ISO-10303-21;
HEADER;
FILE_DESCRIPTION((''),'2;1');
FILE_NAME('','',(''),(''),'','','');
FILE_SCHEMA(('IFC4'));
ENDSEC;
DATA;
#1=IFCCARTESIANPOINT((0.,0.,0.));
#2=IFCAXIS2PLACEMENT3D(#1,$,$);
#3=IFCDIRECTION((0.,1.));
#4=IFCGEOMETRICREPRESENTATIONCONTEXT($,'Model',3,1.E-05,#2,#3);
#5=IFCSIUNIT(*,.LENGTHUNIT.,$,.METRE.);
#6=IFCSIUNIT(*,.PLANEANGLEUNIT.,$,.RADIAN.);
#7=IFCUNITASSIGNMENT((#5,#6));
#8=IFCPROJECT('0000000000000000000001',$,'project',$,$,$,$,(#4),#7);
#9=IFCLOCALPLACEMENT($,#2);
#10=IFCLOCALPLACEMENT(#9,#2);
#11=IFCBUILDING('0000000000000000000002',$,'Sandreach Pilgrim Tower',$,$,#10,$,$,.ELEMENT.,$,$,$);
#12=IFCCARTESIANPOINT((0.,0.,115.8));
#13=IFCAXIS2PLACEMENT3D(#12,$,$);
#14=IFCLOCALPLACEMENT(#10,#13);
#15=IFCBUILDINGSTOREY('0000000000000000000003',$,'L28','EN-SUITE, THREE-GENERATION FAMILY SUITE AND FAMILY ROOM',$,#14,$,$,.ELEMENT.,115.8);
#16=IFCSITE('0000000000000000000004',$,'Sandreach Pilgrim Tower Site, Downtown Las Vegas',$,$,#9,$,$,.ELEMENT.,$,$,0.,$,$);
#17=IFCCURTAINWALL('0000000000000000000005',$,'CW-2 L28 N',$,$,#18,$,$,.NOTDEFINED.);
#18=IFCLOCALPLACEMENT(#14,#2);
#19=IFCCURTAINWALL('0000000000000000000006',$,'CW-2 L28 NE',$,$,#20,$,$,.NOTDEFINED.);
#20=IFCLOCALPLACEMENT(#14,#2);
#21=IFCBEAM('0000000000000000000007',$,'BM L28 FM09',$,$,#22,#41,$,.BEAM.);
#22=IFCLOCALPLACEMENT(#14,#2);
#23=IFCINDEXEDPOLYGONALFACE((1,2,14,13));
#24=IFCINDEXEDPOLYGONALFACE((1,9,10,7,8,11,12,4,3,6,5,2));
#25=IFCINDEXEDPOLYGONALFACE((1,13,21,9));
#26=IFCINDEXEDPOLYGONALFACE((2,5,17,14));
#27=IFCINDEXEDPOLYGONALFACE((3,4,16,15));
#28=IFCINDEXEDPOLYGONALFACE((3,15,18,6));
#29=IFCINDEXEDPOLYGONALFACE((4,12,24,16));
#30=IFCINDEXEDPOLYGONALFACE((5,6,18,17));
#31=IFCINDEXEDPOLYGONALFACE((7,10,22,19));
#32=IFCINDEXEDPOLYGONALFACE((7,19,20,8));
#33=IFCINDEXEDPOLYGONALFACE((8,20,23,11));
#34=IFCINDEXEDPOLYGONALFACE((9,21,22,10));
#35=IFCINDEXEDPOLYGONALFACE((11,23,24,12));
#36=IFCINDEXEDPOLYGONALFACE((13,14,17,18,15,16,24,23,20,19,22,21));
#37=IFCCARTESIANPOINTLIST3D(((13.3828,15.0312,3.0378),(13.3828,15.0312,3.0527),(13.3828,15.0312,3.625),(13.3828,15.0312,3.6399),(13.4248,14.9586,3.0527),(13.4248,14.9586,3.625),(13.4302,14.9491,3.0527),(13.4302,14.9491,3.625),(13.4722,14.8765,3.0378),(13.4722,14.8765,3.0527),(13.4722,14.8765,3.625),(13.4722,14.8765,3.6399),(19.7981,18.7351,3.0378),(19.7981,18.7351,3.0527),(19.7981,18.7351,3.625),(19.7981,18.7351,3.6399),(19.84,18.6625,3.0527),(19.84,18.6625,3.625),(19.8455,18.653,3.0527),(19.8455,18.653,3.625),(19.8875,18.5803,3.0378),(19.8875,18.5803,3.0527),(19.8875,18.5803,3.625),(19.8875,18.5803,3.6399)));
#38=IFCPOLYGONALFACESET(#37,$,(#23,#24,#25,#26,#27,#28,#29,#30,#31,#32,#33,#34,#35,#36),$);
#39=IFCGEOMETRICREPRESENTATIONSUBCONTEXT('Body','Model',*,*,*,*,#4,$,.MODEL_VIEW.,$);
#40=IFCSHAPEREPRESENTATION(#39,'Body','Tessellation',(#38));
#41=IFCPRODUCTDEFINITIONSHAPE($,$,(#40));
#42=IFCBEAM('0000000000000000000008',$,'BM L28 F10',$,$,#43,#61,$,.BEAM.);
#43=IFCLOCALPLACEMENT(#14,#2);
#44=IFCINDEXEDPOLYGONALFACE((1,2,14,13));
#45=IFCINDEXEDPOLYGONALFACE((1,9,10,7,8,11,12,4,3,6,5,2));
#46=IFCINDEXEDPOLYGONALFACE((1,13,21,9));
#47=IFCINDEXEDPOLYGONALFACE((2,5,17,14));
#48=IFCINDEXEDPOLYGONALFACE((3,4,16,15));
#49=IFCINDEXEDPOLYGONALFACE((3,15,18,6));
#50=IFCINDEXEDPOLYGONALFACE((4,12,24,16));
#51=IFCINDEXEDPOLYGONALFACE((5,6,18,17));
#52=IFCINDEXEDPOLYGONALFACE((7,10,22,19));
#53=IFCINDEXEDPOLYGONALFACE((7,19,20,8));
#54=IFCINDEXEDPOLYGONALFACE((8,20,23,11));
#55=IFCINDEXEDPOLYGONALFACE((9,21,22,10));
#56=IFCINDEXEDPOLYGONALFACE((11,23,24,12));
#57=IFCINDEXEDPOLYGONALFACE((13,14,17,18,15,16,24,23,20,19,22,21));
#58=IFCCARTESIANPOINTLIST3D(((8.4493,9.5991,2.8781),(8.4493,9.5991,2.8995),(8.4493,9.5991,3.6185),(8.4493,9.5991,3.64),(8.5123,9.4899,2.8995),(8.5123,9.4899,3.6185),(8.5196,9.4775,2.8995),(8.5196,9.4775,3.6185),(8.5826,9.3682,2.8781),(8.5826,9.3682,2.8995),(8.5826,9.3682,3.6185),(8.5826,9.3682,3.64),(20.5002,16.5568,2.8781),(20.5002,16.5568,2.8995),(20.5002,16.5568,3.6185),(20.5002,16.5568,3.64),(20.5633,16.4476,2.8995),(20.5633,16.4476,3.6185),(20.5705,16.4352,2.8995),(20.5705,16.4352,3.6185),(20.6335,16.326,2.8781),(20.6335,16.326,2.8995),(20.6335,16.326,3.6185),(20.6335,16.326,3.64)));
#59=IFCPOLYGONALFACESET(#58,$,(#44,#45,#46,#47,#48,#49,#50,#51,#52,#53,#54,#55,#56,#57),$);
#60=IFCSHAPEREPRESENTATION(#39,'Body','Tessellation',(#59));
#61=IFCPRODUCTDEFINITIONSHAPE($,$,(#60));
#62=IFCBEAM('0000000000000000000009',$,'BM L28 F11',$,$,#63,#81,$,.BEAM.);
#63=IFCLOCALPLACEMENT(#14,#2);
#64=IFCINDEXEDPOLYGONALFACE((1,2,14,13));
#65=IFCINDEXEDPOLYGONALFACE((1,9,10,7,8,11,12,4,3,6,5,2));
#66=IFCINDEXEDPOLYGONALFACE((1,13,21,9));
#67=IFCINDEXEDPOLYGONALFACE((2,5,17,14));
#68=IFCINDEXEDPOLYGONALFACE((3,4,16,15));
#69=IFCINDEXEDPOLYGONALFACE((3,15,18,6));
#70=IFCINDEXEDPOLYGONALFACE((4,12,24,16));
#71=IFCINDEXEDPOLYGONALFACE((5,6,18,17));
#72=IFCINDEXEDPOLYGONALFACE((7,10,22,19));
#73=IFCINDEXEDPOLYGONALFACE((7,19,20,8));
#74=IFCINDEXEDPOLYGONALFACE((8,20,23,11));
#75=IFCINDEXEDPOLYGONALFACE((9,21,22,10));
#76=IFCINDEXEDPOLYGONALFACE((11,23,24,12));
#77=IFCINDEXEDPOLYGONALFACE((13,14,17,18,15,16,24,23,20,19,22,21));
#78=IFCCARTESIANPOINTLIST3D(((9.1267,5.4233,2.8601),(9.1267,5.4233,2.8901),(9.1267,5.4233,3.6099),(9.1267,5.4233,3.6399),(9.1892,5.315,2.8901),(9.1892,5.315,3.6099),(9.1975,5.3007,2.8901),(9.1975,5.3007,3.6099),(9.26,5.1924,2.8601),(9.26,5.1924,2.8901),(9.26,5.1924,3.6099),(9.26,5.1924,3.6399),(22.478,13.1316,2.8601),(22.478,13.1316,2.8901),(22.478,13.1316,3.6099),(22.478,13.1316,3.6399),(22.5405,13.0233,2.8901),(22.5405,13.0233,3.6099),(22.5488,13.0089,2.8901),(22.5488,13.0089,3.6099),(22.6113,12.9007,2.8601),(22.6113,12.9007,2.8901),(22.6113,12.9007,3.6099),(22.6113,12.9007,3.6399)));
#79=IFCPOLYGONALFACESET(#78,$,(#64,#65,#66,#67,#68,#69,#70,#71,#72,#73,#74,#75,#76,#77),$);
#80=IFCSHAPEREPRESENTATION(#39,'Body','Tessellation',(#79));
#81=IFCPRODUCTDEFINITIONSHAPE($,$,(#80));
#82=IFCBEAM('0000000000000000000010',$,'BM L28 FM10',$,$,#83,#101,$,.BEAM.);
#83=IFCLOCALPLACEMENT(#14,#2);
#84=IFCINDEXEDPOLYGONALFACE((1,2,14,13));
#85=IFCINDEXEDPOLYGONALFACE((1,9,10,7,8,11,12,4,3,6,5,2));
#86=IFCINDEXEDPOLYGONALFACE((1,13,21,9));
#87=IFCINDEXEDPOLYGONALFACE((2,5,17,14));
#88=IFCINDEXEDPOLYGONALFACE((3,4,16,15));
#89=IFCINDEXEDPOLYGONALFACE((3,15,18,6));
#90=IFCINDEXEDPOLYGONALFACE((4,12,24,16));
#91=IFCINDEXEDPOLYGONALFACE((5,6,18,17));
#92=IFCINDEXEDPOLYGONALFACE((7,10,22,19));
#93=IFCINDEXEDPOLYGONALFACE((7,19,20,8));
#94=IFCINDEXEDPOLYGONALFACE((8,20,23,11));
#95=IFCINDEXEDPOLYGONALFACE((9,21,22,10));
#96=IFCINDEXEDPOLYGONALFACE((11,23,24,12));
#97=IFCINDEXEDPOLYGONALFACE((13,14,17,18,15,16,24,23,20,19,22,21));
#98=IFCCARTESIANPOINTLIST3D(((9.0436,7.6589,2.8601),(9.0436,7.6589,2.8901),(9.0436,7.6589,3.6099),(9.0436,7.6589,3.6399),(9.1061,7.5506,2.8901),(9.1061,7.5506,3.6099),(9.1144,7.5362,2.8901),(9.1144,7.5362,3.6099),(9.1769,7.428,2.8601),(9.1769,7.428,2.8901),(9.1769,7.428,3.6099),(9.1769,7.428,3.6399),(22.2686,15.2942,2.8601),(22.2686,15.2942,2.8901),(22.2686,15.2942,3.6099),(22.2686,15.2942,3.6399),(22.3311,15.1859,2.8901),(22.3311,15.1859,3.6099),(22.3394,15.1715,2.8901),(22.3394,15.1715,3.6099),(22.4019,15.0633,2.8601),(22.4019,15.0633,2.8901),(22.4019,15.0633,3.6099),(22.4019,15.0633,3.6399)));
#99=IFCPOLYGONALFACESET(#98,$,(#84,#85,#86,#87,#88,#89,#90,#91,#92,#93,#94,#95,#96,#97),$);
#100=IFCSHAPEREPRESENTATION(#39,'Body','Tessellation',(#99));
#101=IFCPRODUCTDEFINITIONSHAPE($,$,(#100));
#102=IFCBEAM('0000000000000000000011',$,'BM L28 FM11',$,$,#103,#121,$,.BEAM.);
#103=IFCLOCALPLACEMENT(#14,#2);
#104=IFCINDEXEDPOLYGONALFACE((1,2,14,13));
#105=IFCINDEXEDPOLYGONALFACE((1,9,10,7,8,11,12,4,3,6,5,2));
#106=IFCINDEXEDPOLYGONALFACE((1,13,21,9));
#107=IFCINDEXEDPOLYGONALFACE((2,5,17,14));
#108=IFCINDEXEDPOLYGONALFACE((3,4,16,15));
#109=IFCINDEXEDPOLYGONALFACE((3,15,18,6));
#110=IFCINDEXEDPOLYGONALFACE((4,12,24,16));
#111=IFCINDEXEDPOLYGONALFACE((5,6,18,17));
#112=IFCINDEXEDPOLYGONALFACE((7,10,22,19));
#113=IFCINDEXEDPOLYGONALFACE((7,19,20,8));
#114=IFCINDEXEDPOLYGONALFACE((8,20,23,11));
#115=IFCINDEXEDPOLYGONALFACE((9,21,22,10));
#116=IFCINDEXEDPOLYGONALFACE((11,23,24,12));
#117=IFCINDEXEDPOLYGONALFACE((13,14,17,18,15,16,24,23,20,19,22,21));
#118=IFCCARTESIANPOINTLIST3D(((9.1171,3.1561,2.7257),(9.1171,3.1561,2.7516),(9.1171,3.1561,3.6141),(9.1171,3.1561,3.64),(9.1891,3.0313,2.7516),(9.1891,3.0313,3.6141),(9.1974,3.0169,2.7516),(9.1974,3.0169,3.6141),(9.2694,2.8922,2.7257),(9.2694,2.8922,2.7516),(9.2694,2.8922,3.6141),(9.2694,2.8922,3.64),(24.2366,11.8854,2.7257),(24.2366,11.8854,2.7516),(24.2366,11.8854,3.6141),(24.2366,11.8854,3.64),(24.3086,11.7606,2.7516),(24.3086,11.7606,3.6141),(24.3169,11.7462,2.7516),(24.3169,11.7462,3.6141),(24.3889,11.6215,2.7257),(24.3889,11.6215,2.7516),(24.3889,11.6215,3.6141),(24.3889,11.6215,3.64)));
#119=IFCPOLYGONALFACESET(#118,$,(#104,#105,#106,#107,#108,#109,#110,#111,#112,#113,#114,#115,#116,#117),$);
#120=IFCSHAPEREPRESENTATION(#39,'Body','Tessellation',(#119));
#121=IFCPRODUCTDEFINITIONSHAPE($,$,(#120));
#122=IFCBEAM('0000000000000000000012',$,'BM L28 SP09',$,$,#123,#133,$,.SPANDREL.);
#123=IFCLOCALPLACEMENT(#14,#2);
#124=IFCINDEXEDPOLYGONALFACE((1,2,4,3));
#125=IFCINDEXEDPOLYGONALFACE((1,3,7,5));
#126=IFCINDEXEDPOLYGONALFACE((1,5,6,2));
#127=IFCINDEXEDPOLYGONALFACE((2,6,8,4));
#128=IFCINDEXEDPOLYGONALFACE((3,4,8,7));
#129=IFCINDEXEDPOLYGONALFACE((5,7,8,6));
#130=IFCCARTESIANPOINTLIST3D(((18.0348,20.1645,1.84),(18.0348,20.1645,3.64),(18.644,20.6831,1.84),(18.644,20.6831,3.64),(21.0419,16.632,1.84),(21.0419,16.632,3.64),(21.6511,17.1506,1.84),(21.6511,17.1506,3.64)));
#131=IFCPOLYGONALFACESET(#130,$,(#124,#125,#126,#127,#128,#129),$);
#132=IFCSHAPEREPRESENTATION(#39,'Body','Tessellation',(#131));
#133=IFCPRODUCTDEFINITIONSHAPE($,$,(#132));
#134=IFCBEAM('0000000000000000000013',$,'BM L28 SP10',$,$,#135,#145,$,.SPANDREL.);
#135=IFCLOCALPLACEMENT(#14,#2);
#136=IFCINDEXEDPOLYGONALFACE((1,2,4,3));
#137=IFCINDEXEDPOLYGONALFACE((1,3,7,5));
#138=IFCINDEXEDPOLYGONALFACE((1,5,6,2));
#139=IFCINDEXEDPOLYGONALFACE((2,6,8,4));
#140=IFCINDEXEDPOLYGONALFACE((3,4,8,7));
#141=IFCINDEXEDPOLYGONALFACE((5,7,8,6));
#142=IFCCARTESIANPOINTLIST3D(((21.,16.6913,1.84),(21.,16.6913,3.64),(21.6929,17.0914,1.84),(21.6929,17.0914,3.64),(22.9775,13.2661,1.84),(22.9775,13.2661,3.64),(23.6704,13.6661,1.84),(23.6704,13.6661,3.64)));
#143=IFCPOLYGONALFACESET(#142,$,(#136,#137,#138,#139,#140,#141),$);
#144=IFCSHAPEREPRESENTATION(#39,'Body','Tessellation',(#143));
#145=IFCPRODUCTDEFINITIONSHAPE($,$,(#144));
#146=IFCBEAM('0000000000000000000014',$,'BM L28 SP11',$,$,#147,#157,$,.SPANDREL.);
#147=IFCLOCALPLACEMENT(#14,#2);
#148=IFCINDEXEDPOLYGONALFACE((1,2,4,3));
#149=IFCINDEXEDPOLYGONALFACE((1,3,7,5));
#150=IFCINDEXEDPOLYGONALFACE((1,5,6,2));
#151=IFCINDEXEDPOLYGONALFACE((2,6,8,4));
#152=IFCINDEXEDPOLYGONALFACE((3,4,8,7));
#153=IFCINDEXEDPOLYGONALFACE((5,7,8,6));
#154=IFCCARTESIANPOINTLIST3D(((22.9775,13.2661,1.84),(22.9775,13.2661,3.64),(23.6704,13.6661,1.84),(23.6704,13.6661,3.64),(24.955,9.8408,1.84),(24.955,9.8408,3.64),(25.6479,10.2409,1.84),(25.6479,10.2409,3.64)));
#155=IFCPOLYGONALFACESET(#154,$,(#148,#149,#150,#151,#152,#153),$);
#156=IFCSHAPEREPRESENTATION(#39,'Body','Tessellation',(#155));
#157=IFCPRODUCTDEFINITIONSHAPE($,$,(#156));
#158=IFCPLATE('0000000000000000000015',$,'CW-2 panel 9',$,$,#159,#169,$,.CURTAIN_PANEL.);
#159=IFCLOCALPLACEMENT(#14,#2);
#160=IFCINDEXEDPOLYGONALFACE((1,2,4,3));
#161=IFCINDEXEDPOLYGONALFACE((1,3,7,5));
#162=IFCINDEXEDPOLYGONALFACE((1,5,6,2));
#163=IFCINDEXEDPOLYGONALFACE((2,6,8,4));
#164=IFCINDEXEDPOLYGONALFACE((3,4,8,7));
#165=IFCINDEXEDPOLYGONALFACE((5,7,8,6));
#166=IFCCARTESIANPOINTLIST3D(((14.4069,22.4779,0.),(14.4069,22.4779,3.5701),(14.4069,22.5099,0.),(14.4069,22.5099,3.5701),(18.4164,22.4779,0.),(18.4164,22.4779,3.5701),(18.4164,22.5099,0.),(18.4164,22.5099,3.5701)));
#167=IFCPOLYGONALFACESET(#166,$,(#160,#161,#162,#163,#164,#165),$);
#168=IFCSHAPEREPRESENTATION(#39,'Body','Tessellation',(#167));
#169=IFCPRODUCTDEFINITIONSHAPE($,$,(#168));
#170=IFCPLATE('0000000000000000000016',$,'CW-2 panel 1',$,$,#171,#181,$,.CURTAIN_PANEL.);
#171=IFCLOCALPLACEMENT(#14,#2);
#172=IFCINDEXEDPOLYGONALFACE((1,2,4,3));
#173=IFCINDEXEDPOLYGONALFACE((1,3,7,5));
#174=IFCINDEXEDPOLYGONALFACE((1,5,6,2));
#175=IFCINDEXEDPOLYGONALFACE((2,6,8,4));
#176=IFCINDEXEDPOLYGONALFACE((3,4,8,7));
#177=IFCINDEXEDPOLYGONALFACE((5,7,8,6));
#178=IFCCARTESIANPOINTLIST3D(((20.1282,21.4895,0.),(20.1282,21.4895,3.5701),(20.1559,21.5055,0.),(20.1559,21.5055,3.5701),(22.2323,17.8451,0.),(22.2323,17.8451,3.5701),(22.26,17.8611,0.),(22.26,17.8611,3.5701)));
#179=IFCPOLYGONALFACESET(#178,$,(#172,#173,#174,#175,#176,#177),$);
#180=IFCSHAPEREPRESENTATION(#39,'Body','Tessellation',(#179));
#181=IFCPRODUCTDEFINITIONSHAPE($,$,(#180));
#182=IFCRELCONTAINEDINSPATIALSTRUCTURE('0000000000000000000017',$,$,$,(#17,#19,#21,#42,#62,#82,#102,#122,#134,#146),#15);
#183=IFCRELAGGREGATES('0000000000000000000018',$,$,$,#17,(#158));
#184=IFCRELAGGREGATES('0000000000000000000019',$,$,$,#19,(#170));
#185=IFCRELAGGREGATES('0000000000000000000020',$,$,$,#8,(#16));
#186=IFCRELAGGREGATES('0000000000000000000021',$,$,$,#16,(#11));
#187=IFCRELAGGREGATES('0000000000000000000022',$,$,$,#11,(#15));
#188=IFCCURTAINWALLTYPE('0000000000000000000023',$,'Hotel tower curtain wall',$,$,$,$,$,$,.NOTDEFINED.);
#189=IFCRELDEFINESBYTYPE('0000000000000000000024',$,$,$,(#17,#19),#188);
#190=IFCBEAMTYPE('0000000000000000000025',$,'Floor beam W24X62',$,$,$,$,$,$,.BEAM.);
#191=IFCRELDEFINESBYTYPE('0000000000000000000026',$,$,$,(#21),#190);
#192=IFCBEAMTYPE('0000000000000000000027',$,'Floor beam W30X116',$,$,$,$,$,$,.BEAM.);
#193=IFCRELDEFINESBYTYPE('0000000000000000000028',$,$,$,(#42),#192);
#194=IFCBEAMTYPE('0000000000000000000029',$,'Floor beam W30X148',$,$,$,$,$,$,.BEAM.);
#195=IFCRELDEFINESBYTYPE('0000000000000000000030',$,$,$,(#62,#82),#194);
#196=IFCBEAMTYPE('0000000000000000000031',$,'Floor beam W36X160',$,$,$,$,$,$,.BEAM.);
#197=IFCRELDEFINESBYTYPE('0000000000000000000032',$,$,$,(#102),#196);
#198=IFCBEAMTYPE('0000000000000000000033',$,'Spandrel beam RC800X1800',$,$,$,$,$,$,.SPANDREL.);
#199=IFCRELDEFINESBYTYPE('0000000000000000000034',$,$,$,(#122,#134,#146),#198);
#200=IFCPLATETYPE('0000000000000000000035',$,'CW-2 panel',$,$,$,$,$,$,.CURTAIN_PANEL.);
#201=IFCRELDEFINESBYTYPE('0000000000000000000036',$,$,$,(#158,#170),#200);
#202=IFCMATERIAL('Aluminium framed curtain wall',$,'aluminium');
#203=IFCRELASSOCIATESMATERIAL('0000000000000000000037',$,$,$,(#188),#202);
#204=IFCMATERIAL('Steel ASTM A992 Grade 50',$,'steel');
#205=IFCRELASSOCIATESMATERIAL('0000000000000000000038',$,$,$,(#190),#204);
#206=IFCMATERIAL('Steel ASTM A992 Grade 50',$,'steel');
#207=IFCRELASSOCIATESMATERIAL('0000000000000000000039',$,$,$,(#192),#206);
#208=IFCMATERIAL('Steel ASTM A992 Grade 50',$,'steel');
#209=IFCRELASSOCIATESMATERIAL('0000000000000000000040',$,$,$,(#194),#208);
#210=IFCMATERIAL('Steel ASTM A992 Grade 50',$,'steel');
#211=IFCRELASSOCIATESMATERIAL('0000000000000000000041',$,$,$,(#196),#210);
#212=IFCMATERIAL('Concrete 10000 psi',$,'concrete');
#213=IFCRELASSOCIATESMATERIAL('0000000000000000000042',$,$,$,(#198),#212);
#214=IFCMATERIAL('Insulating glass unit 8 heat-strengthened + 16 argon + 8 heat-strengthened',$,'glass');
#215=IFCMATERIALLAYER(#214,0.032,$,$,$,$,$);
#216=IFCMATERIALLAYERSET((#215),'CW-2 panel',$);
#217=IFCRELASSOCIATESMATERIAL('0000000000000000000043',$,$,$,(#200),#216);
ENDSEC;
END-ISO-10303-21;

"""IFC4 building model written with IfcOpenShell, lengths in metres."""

from ifc_helpers import new_model, si_unit, direction, frame, origin, origin_2d, place, context, subcontext, project, spatial, rectangle, i_section, extrude, material, layer, layer_set, material_profile, profile_set, type_object, element, aggregate, save


model = new_model("IFC4")

# Units and contexts
model_context = context("Model", 3, precision=1e-05, world=origin(), true_north=direction((0.0, 1.0)))
body_context = subcontext(model_context, "Body", "Model", "MODEL_VIEW")
ifc_project = project(units=[si_unit("LENGTHUNIT", "METRE"), si_unit("PLANEANGLEUNIT", "RADIAN")], contexts=[model_context])

# Site, building, storey
site_placement = place(None, origin())
site = spatial("IfcSite", under=ifc_project, at=site_placement, Name="Sandreach Pilgrim Tower Site, Downtown Las Vegas", CompositionType="ELEMENT", RefElevation=0.0)
building_placement = place(site_placement, origin())
building = spatial("IfcBuilding", under=site, at=building_placement, Name="Sandreach Pilgrim Tower", CompositionType="ELEMENT")
storey_placement = place(building_placement, frame((0.0, 0.0, 115.8)))
storey = spatial("IfcBuildingStorey", under=building, at=storey_placement, Name="L28", Description="EN-SUITE, THREE-GENERATION FAMILY SUITE AND FAMILY ROOM", CompositionType="ELEMENT", Elevation=115.8)

# Curtain wall
ifc_material_1 = material(Name="Aluminium framed curtain wall", Category="aluminium")
curtain_wall_type = type_object("IfcCurtainWallType", Name="Hotel tower curtain wall", PredefinedType="NOTDEFINED", material=ifc_material_1)
curtain_wall_1_placement = place(storey_placement, origin())
curtain_wall_1 = element("IfcCurtainWall", 1, at=curtain_wall_1_placement, inside=storey, type_object=curtain_wall_type, Name="CW-2 L28 N", PredefinedType="NOTDEFINED")

# Curtain wall
curtain_wall_2_placement = place(storey_placement, origin())
curtain_wall_2 = element("IfcCurtainWall", 2, at=curtain_wall_2_placement, inside=storey, type_object=curtain_wall_type, Name="CW-2 L28 NE", PredefinedType="NOTDEFINED")

# Beams
ifc_material_2 = material(Name="Steel ASTM A992 Grade 50", Category="steel")
ifc_material_profile_1 = material_profile(ifc_material_2, i_section(OverallWidth=0.1787, OverallDepth=0.6021, WebThickness=0.011, FlangeThickness=0.0149, at=origin_2d()), Name="W24X62")
ifc_profile_set_1 = profile_set([ifc_material_profile_1], Name="Steel ASTM A992 Grade 50")
beam_type_1 = type_object("IfcBeamType", Name="Floor beam W24X62", PredefinedType="BEAM", material=ifc_profile_set_1)
beam_1_placement = place(storey_placement, frame((19.8428, 18.6577, 3.3389), z_axis=(-0.866026, -0.499999, 0.0), x_axis=(0.499999, -0.866026, 0.0)))
element("IfcBeam", 3, at=beam_1_placement, inside=storey, type_object=beam_type_1, Name="BM L28 FM09", PredefinedType="BEAM", context=body_context, shape_type="SweptSolid", body=[
    extrude(i_section(OverallWidth=0.1787, OverallDepth=0.6021, WebThickness=0.011, FlangeThickness=0.0149, at=origin_2d()), origin(), (0.0, 0.0, 1.0), 7.4077),
])
ifc_material_3 = material(Name="Steel ASTM A992 Grade 50", Category="steel")
ifc_material_profile_2 = material_profile(ifc_material_3, i_section(OverallWidth=0.2666, OverallDepth=0.762, WebThickness=0.0144, FlangeThickness=0.0215, at=origin_2d()), Name="W30X116")
ifc_profile_set_2 = profile_set([ifc_material_profile_2], Name="Steel ASTM A992 Grade 50")
beam_type_2 = type_object("IfcBeamType", Name="Floor beam W30X116", PredefinedType="BEAM", material=ifc_profile_set_2)
beam_2_placement = place(storey_placement, frame((20.5669, 16.4414, 3.259), z_axis=(-0.866022, -0.500005, 0.0), x_axis=(0.500005, -0.866022, 0.0)))
element("IfcBeam", 4, at=beam_2_placement, inside=storey, type_object=beam_type_2, Name="BM L28 F10", PredefinedType="BEAM", context=body_context, shape_type="SweptSolid", body=[
    extrude(i_section(OverallWidth=0.2666, OverallDepth=0.762, WebThickness=0.0144, FlangeThickness=0.0215, at=origin_2d()), origin(), (0.0, 0.0, 1.0), 13.9153),
])
ifc_material_4 = material(Name="Steel ASTM A992 Grade 50", Category="steel")
ifc_material_profile_3 = material_profile(ifc_material_4, i_section(OverallWidth=0.2666, OverallDepth=0.7798, WebThickness=0.0166, FlangeThickness=0.03, at=origin_2d()), Name="W30X148")
ifc_profile_set_3 = profile_set([ifc_material_profile_3], Name="Steel ASTM A992 Grade 50")
beam_type_3 = type_object("IfcBeamType", Name="Floor beam W30X148", PredefinedType="BEAM", material=ifc_profile_set_3)
beam_3_placement = place(storey_placement, frame((22.5447, 13.0161, 3.25), z_axis=(-0.866029, -0.499993, 0.0), x_axis=(0.499993, -0.866029, 0.0)))
element("IfcBeam", 5, at=beam_3_placement, inside=storey, type_object=beam_type_3, Name="BM L28 F11", PredefinedType="BEAM", context=body_context, shape_type="SweptSolid", body=[
    extrude(i_section(OverallWidth=0.2666, OverallDepth=0.7798, WebThickness=0.0166, FlangeThickness=0.03, at=origin_2d()), origin(), (0.0, 0.0, 1.0), 15.4167),
])
beam_4_placement = place(storey_placement, frame((22.3352, 15.1787, 3.25), z_axis=(-0.866029, -0.499994, 0.0), x_axis=(0.499994, -0.866029, 0.0)))
element("IfcBeam", 6, at=beam_4_placement, inside=storey, type_object=beam_type_3, Name="BM L28 FM10", PredefinedType="BEAM", context=body_context, shape_type="SweptSolid", body=[
    extrude(i_section(OverallWidth=0.2666, OverallDepth=0.7798, WebThickness=0.0166, FlangeThickness=0.03, at=origin_2d()), origin(), (0.0, 0.0, 1.0), 15.2708),
])
ifc_material_5 = material(Name="Steel ASTM A992 Grade 50", Category="steel")
ifc_material_profile_4 = material_profile(ifc_material_5, i_section(OverallWidth=0.3047, OverallDepth=0.9143, WebThickness=0.0166, FlangeThickness=0.0259, at=origin_2d()), Name="W36X160")
ifc_profile_set_4 = profile_set([ifc_material_profile_4], Name="Steel ASTM A992 Grade 50")
beam_type_4 = type_object("IfcBeamType", Name="Floor beam W36X160", PredefinedType="BEAM", material=ifc_profile_set_4)
beam_5_placement = place(storey_placement, frame((24.3127, 11.7534, 3.1829), z_axis=(-0.866024, -0.500003, 0.0), x_axis=(0.500003, -0.866024, 0.0)))
element("IfcBeam", 7, at=beam_5_placement, inside=storey, type_object=beam_type_4, Name="BM L28 FM11", PredefinedType="BEAM", context=body_context, shape_type="SweptSolid", body=[
    extrude(i_section(OverallWidth=0.3047, OverallDepth=0.9143, WebThickness=0.0166, FlangeThickness=0.0259, at=origin_2d()), origin(), (0.0, 0.0, 1.0), 17.4585),
])
ifc_material_6 = material(Name="Concrete 10000 psi", Category="concrete")
ifc_material_profile_5 = material_profile(ifc_material_6, rectangle(XDim=0.8, YDim=1.8, at=origin_2d()), Name="RC800X1800")
ifc_profile_set_5 = profile_set([ifc_material_profile_5], Name="Concrete 10000 psi")
beam_type_5 = type_object("IfcBeamType", Name="Spandrel beam RC800X1800", PredefinedType="SPANDREL", material=ifc_profile_set_5)
beam_6_placement = place(storey_placement, frame((18.3394, 20.4238, 2.74), z_axis=(0.648209, -0.761463, 0.0), x_axis=(0.761463, 0.648209, 0.0)))
element("IfcBeam", 8, at=beam_6_placement, inside=storey, type_object=beam_type_5, Name="BM L28 SP09", PredefinedType="SPANDREL", context=body_context, shape_type="SweptSolid", body=[
    extrude(rectangle(XDim=0.8, YDim=1.8, at=origin_2d()), origin(), (0.0, 0.0, 1.0), 4.6392),
])
for number, where, z_axis, x_axis, name in (
    (9, (21.3464, 16.8914, 2.74), (0.49999, -0.866031, 0.0), (0.866031, 0.49999, 0.0), "BM L28 SP10"),
    (10, (23.324, 13.4661, 2.74), (0.49999, -0.866031, 0.0), (0.866031, 0.49999, 0.0), "BM L28 SP11"),
):
    element("IfcBeam", number, at=place(storey_placement, frame(where, z_axis=z_axis, x_axis=x_axis)), inside=storey, type_object=beam_type_5, Name=name, PredefinedType="SPANDREL", context=body_context, shape_type="SweptSolid", body=[
        extrude(rectangle(XDim=0.8, YDim=1.8, at=origin_2d()), origin(), (0.0, 0.0, 1.0), 3.9551),
    ])

# Plates
ifc_material_7 = material(Name="Insulating glass unit 8 heat-strengthened + 16 argon + 8 heat-strengthened", Category="glass")
ifc_layer_1 = layer(ifc_material_7, 0.032)
ifc_layer_set_1 = layer_set([ifc_layer_1], Name="CW-2 panel")
plate_type = type_object("IfcPlateType", Name="CW-2 panel", PredefinedType="CURTAIN_PANEL", material=ifc_layer_set_1)
plate_1_placement = place(storey_placement, frame((16.4116, 22.4939, 0.0), z_axis=(0.0, 0.0, 1.0), x_axis=(1.0, 0.0, 0.0)))
plate_1 = element("IfcPlate", 11, at=plate_1_placement, type_object=plate_type, Name="CW-2 panel 9", PredefinedType="CURTAIN_PANEL", context=body_context, shape_type="SweptSolid", body=[
    extrude(rectangle(XDim=4.0095, YDim=0.032, at=origin_2d()), origin(), (0.0, 0.0, 1.0), 3.5701),
])
aggregate(curtain_wall_1, [plate_1])
plate_2_placement = place(storey_placement, frame((21.1941, 19.6753, 0.0), z_axis=(0.0, 0.0, 1.0), x_axis=(0.5, -0.866025, 0.0)))
plate_2 = element("IfcPlate", 12, at=plate_2_placement, type_object=plate_type, Name="CW-2 panel 1", PredefinedType="CURTAIN_PANEL", context=body_context, shape_type="SweptSolid", body=[
    extrude(rectangle(XDim=4.2083, YDim=0.032, at=origin_2d()), origin(), (0.0, 0.0, 1.0), 3.5701),
])
aggregate(curtain_wall_2, [plate_2])

save(model, "model.ifc")
